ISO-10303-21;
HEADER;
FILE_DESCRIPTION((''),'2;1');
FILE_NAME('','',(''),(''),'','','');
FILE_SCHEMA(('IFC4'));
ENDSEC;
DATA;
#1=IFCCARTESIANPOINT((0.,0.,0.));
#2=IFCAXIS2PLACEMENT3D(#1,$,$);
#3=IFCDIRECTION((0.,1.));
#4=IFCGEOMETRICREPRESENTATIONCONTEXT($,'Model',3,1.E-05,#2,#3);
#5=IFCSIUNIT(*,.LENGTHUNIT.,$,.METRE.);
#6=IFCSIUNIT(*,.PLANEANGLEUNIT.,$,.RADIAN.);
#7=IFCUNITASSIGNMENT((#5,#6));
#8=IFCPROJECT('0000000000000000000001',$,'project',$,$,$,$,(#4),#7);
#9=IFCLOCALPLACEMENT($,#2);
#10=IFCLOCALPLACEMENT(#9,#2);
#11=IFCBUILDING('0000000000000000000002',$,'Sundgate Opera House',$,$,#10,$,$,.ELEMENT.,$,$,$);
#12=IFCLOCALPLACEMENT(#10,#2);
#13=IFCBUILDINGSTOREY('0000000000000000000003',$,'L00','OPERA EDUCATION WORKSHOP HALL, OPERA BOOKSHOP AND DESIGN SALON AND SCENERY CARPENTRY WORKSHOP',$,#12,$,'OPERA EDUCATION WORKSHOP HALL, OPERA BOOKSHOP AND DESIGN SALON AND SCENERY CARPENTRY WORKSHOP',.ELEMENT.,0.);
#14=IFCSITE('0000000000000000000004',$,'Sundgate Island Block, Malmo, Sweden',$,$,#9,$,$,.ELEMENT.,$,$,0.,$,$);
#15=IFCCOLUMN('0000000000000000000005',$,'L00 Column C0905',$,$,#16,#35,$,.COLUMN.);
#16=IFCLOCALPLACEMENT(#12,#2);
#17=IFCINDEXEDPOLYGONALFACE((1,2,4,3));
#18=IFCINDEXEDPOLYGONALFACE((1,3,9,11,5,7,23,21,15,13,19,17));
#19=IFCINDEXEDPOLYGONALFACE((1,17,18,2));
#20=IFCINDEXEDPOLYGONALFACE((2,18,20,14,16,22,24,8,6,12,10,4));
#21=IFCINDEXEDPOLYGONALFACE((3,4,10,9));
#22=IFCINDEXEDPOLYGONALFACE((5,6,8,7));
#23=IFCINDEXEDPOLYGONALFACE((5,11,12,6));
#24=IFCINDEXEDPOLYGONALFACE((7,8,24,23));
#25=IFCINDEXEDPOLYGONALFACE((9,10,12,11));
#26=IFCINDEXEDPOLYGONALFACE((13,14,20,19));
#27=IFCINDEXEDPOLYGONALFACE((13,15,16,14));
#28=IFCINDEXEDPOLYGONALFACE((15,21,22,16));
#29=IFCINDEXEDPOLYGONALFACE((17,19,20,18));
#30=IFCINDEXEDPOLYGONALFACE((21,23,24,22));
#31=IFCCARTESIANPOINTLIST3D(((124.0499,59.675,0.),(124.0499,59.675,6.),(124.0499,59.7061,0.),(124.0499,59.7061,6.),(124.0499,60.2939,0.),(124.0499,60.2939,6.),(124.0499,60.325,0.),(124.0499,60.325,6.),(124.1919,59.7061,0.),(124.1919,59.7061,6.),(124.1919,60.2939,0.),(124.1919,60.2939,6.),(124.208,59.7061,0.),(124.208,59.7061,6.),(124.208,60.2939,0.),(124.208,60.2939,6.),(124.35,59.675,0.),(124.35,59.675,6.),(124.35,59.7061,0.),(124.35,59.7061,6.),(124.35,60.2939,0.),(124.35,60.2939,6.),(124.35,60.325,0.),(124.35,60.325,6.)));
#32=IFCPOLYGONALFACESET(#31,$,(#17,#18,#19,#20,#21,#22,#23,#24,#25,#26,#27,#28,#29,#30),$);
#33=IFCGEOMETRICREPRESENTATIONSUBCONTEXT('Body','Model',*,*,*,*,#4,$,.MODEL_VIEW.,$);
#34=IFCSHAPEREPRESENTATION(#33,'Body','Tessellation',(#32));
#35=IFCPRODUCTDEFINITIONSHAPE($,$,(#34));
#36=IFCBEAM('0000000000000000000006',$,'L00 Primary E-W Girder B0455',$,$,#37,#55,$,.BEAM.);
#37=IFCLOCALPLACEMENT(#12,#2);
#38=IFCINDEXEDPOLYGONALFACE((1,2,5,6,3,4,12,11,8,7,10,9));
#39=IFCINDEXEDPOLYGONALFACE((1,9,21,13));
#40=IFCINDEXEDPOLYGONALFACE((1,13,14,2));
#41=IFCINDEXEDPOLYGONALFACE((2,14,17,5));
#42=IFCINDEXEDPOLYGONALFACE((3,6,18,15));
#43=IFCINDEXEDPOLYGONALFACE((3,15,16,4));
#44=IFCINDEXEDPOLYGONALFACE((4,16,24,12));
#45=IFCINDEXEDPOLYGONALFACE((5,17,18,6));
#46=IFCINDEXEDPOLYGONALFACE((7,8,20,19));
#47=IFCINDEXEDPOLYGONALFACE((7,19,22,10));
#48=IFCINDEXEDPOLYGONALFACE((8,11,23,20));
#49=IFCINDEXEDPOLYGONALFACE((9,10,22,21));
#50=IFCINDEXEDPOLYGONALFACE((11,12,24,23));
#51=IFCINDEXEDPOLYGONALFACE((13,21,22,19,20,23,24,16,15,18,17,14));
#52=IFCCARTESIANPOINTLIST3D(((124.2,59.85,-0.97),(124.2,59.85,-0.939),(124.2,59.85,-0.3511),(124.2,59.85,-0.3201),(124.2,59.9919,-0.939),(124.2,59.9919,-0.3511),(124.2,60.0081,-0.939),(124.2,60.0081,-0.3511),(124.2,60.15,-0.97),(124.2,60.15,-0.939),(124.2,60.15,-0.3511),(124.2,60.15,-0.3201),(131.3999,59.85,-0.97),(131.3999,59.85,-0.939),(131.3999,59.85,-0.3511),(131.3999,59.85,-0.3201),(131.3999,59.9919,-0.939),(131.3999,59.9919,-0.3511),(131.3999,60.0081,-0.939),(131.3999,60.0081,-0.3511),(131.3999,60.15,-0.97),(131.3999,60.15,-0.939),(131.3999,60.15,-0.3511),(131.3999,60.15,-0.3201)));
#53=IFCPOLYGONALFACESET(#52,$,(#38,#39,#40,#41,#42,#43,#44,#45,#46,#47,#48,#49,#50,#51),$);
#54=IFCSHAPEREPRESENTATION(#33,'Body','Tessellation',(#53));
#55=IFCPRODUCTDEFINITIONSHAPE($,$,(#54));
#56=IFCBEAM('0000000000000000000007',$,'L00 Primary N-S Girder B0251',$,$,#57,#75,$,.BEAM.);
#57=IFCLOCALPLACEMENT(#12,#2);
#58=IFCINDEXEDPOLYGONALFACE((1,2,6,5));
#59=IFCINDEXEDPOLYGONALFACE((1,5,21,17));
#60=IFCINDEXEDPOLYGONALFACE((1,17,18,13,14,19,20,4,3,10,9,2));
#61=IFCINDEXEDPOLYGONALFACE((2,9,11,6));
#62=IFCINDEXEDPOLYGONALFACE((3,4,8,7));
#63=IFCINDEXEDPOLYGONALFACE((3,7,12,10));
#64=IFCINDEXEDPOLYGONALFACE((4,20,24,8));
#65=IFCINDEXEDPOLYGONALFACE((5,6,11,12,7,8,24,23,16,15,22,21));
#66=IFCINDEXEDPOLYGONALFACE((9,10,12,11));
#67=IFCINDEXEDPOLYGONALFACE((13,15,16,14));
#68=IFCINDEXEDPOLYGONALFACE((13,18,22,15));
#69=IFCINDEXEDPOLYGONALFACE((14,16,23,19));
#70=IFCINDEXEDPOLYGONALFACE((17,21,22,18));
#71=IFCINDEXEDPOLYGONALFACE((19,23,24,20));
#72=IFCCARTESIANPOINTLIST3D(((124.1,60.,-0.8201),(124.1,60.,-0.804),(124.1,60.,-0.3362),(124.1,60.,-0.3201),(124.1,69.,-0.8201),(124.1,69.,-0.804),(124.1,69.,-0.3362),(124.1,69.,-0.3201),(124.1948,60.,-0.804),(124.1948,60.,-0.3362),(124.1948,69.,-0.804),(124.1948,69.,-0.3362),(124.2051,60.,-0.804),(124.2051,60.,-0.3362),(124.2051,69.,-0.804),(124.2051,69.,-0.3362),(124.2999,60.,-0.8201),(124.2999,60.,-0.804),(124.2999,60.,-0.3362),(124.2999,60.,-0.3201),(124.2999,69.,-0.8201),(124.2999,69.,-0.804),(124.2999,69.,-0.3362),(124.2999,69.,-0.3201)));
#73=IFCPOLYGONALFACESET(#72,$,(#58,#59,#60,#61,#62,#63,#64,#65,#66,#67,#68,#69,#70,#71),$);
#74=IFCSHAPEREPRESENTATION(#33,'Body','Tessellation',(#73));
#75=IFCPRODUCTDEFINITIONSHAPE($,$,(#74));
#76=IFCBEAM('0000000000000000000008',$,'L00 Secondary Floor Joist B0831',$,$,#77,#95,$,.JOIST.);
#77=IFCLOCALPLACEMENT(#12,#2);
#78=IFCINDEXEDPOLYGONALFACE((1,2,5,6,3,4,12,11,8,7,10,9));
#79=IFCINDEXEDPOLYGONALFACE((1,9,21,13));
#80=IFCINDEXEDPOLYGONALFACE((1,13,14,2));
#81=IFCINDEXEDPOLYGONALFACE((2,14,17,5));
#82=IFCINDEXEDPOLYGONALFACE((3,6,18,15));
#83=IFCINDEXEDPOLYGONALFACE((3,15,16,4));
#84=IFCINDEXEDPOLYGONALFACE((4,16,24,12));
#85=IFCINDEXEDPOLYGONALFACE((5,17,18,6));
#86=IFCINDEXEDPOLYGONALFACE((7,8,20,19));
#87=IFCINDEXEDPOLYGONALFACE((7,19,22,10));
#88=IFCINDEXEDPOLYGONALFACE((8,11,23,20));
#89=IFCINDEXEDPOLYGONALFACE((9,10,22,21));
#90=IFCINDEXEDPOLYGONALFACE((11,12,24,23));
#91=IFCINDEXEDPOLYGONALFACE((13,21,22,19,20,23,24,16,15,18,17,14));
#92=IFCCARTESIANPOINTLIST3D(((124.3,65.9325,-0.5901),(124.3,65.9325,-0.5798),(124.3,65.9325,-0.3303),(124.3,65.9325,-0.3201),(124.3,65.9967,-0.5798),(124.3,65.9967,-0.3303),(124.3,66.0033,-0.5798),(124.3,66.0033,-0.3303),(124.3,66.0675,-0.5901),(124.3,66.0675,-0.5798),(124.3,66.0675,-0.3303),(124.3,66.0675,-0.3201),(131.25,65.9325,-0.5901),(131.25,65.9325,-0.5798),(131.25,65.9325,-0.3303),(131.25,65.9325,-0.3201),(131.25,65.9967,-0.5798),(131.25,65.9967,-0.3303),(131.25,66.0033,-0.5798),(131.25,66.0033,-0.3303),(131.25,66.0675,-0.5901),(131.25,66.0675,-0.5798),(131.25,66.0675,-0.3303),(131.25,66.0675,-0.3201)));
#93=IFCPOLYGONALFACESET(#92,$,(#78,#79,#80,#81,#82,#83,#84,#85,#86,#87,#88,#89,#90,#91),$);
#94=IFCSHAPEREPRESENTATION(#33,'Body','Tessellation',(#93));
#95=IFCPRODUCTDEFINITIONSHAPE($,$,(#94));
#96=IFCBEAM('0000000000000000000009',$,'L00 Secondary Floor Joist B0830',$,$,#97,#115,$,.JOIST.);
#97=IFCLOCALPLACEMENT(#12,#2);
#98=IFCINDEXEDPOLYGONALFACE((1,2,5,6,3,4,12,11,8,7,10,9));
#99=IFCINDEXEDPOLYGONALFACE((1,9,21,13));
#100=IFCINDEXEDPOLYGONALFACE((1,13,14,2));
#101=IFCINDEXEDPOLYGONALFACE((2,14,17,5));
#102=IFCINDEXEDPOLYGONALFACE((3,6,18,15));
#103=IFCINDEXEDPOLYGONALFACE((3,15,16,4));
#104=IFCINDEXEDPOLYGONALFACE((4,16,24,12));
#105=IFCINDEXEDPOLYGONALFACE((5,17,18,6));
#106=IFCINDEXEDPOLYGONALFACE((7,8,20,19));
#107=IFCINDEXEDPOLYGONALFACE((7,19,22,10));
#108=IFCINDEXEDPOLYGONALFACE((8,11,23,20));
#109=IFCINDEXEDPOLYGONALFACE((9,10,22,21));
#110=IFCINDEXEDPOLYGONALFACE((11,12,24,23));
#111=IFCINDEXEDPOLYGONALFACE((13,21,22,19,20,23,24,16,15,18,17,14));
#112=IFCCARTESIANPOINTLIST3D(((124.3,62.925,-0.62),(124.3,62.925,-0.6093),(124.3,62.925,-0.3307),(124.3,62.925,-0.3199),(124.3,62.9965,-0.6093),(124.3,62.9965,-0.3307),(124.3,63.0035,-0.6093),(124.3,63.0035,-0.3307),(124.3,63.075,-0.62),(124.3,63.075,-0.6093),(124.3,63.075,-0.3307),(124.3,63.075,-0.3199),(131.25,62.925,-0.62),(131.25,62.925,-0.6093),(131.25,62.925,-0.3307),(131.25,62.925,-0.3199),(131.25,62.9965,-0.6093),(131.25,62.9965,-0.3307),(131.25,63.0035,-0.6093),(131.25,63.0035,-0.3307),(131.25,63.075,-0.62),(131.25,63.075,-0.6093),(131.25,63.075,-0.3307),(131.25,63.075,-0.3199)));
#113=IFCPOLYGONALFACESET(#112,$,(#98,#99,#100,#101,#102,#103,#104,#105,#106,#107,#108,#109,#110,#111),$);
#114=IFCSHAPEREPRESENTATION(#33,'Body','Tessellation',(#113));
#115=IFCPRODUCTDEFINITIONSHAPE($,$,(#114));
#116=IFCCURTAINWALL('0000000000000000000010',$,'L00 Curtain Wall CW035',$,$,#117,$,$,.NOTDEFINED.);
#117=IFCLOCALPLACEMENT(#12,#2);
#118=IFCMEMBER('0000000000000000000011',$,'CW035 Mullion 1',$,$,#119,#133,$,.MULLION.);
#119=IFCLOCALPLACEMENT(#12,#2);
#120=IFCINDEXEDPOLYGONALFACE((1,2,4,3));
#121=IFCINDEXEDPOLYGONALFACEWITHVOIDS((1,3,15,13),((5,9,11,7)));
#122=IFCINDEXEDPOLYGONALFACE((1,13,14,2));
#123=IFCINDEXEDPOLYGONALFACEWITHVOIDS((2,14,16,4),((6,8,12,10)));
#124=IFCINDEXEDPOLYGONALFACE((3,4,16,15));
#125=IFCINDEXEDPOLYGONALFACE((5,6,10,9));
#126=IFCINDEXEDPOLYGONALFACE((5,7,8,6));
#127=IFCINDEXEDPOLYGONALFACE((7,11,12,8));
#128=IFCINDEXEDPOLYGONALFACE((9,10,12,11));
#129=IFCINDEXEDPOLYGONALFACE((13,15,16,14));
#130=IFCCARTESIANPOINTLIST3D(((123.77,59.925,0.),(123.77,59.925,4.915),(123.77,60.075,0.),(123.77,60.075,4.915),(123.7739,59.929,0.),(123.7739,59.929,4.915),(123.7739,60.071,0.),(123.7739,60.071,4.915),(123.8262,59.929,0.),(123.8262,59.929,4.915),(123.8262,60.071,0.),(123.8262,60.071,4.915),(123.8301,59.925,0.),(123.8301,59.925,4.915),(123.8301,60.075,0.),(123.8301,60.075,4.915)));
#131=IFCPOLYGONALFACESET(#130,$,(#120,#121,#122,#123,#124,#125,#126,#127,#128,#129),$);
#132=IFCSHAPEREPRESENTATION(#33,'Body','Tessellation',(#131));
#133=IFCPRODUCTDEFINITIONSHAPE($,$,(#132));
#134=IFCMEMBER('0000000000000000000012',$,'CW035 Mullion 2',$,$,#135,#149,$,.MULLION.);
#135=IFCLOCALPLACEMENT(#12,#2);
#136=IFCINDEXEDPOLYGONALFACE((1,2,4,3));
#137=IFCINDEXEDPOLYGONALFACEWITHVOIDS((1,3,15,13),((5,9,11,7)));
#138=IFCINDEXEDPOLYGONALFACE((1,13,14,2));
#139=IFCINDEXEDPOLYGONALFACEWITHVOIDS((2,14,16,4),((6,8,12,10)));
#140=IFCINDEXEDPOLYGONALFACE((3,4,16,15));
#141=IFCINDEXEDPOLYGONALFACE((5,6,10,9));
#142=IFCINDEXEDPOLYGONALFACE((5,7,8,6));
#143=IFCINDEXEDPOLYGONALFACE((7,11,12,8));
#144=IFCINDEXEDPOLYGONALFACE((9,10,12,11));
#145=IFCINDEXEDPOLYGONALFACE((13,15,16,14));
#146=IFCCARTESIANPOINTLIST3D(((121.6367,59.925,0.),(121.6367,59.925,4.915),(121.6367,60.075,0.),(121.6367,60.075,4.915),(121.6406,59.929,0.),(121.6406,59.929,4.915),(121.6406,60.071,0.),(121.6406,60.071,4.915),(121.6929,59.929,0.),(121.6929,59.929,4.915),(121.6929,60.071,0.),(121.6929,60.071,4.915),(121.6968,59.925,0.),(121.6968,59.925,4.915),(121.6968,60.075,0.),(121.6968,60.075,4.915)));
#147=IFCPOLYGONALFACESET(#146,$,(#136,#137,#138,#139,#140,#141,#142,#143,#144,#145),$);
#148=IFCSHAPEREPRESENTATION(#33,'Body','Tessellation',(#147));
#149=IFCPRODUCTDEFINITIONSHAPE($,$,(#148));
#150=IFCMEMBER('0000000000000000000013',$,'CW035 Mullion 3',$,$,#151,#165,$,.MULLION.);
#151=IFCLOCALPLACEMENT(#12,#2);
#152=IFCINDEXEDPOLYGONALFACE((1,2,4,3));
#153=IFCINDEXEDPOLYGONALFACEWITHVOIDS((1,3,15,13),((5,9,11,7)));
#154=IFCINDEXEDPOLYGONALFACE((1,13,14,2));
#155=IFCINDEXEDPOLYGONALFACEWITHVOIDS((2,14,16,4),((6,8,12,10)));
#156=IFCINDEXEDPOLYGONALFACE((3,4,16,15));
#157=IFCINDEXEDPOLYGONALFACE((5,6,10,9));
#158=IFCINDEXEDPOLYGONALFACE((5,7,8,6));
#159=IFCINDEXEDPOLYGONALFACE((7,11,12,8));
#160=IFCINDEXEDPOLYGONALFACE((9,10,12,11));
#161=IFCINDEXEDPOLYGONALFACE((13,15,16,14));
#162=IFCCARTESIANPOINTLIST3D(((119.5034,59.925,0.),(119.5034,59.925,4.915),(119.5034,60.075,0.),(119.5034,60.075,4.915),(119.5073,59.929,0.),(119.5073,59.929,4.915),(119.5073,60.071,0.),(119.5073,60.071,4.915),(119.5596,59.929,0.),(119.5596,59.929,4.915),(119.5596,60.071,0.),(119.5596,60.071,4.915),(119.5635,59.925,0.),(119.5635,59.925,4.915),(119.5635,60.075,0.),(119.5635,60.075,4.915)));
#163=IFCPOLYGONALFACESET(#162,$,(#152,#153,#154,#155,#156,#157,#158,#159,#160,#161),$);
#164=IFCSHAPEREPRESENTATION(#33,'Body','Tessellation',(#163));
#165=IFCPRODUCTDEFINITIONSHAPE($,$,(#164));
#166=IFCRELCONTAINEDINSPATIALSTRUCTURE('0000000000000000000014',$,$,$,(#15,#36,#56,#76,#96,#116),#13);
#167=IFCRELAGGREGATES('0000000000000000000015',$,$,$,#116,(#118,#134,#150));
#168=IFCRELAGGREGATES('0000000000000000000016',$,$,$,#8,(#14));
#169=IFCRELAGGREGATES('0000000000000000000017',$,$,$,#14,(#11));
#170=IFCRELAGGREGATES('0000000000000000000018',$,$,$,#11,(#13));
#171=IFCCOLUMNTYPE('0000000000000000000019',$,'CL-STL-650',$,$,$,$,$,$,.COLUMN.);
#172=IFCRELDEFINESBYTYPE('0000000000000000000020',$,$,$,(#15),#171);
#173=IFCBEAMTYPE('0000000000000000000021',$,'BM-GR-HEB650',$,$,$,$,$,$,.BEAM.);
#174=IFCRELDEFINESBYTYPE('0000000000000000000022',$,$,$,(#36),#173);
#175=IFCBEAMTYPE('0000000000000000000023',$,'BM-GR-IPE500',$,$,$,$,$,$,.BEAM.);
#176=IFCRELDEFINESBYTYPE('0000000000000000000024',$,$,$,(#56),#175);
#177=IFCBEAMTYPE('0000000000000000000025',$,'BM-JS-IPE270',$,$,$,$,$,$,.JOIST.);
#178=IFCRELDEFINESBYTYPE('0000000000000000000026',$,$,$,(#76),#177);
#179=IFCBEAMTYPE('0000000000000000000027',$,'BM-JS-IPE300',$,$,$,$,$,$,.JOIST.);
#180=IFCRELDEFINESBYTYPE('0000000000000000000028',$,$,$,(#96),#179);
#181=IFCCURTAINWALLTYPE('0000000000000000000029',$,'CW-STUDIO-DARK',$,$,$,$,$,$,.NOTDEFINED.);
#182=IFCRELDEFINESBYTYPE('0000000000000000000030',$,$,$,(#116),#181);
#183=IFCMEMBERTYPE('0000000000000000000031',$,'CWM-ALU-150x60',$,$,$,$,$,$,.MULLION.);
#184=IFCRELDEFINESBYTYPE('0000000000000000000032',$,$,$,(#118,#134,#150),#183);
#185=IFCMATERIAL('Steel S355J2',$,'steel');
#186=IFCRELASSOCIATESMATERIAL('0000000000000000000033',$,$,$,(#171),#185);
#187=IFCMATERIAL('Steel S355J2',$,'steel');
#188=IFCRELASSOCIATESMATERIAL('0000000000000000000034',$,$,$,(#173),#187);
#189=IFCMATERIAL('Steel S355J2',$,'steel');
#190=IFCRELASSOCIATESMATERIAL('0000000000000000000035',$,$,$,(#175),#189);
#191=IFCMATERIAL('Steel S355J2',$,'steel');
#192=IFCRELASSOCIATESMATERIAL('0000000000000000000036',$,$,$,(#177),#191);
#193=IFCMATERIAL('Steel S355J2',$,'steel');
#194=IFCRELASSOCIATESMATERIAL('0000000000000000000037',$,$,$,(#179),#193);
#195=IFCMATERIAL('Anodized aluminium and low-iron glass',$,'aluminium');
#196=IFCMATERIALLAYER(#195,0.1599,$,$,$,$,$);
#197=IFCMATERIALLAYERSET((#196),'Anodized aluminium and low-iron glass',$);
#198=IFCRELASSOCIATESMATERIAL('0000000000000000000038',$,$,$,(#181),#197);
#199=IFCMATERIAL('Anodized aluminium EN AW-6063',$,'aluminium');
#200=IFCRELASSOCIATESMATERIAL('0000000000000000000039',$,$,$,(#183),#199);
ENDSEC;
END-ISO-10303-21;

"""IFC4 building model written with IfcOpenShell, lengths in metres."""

from ifc_helpers import new_model, si_unit, direction, frame, origin, origin_2d, place, context, subcontext, project, spatial, hollow_rectangle, i_section, extrude, material, layer, layer_set, material_profile, profile_set, type_object, element, aggregate, save


model = new_model("IFC4")

# Units and contexts
model_context = context("Model", 3, precision=1e-05, world=origin(), true_north=direction((0.0, 1.0)))
body_context = subcontext(model_context, "Body", "Model", "MODEL_VIEW")
ifc_project = project(units=[si_unit("LENGTHUNIT", "METRE"), si_unit("PLANEANGLEUNIT", "RADIAN")], contexts=[model_context])

# Site, building, storey
site_placement = place(None, origin())
site = spatial("IfcSite", under=ifc_project, at=site_placement, Name="Sundgate Island Block, Malmo, Sweden", CompositionType="ELEMENT", RefElevation=0.0)
building_placement = place(site_placement, origin())
building = spatial("IfcBuilding", under=site, at=building_placement, Name="Sundgate Opera House", CompositionType="ELEMENT")
storey_placement = place(building_placement, origin())
storey = spatial("IfcBuildingStorey", under=building, at=storey_placement, Name="L00", Description="OPERA EDUCATION WORKSHOP HALL, OPERA BOOKSHOP AND DESIGN SALON AND SCENERY CARPENTRY WORKSHOP", LongName="OPERA EDUCATION WORKSHOP HALL, OPERA BOOKSHOP AND DESIGN SALON AND SCENERY CARPENTRY WORKSHOP", CompositionType="ELEMENT", Elevation=0.0)

# Column
ifc_material_1 = material(Name="Steel S355J2", Category="steel")
ifc_material_profile_1 = material_profile(ifc_material_1, i_section(OverallWidth=0.3, OverallDepth=0.6499, WebThickness=0.0161, FlangeThickness=0.031, at=origin_2d()), Name="HEB 650")
ifc_profile_set_1 = profile_set([ifc_material_profile_1], Name="Steel S355J2")
column_type = type_object("IfcColumnType", Name="CL-STL-650", PredefinedType="COLUMN", material=ifc_profile_set_1)
column_placement = place(storey_placement, frame((124.2, 60.0, 0.0), z_axis=(0.0, 0.0, 1.0), x_axis=(1.0, 0.0, 0.0)))
element("IfcColumn", 1, at=column_placement, inside=storey, type_object=column_type, Name="L00 Column C0905", PredefinedType="COLUMN", context=body_context, shape_type="SweptSolid", body=[
    extrude(i_section(OverallWidth=0.3, OverallDepth=0.6499, WebThickness=0.0161, FlangeThickness=0.031, at=origin_2d()), origin(), (0.0, 0.0, 1.0), 6.0),
])

# Beams
ifc_material_2 = material(Name="Steel S355J2", Category="steel")
ifc_material_profile_2 = material_profile(ifc_material_2, i_section(OverallWidth=0.3, OverallDepth=0.6499, WebThickness=0.0161, FlangeThickness=0.031, at=origin_2d()), Name="HEB 650")
ifc_profile_set_2 = profile_set([ifc_material_profile_2], Name="Steel S355J2")
beam_type_1 = type_object("IfcBeamType", Name="BM-GR-HEB650", PredefinedType="BEAM", material=ifc_profile_set_2)
beam_1_placement = place(storey_placement, frame((124.2, 60.0, -0.645), z_axis=(1.0, 0.0, 0.0), x_axis=(0.0, 1.0, 0.0)))
element("IfcBeam", 2, at=beam_1_placement, inside=storey, type_object=beam_type_1, Name="L00 Primary E-W Girder B0455", PredefinedType="BEAM", context=body_context, shape_type="SweptSolid", body=[
    extrude(i_section(OverallWidth=0.3, OverallDepth=0.6499, WebThickness=0.0161, FlangeThickness=0.031, at=origin_2d()), origin(), (0.0, 0.0, 1.0), 7.2),
])
ifc_material_3 = material(Name="Steel S355J2", Category="steel")
ifc_material_profile_3 = material_profile(ifc_material_3, i_section(OverallWidth=0.2, OverallDepth=0.5, WebThickness=0.0103, FlangeThickness=0.0161, at=origin_2d()), Name="IPE 500")
ifc_profile_set_3 = profile_set([ifc_material_profile_3], Name="Steel S355J2")
beam_type_2 = type_object("IfcBeamType", Name="BM-GR-IPE500", PredefinedType="BEAM", material=ifc_profile_set_3)
beam_2_placement = place(storey_placement, frame((124.2, 60.0, -0.5701), z_axis=(0.0, 1.0, 0.0), x_axis=(-1.0, 0.0, 0.0)))
element("IfcBeam", 3, at=beam_2_placement, inside=storey, type_object=beam_type_2, Name="L00 Primary N-S Girder B0251", PredefinedType="BEAM", context=body_context, shape_type="SweptSolid", body=[
    extrude(i_section(OverallWidth=0.2, OverallDepth=0.5, WebThickness=0.0103, FlangeThickness=0.0161, at=origin_2d()), origin(), (0.0, 0.0, 1.0), 9.0),
])
ifc_material_4 = material(Name="Steel S355J2", Category="steel")
ifc_material_profile_4 = material_profile(ifc_material_4, i_section(OverallWidth=0.135, OverallDepth=0.27, WebThickness=0.0066, FlangeThickness=0.0103, at=origin_2d()), Name="IPE 270")
ifc_profile_set_4 = profile_set([ifc_material_profile_4], Name="Steel S355J2")
beam_type_3 = type_object("IfcBeamType", Name="BM-JS-IPE270", PredefinedType="JOIST", material=ifc_profile_set_4)
beam_3_placement = place(storey_placement, frame((124.3, 66.0, -0.4551), z_axis=(1.0, 0.0, 0.0), x_axis=(0.0, 1.0, 0.0)))
element("IfcBeam", 4, at=beam_3_placement, inside=storey, type_object=beam_type_3, Name="L00 Secondary Floor Joist B0831", PredefinedType="JOIST", context=body_context, shape_type="SweptSolid", body=[
    extrude(i_section(OverallWidth=0.135, OverallDepth=0.27, WebThickness=0.0066, FlangeThickness=0.0103, at=origin_2d()), origin(), (0.0, 0.0, 1.0), 6.95),
])
ifc_material_5 = material(Name="Steel S355J2", Category="steel")
ifc_material_profile_5 = material_profile(ifc_material_5, i_section(OverallWidth=0.1499, OverallDepth=0.3, WebThickness=0.0071, FlangeThickness=0.0107, at=origin_2d()), Name="IPE 300")
ifc_profile_set_5 = profile_set([ifc_material_profile_5], Name="Steel S355J2")
beam_type_4 = type_object("IfcBeamType", Name="BM-JS-IPE300", PredefinedType="JOIST", material=ifc_profile_set_5)
beam_4_placement = place(storey_placement, frame((124.3, 63.0, -0.47), z_axis=(1.0, 0.0, 0.0), x_axis=(0.0, 1.0, 0.0)))
element("IfcBeam", 5, at=beam_4_placement, inside=storey, type_object=beam_type_4, Name="L00 Secondary Floor Joist B0830", PredefinedType="JOIST", context=body_context, shape_type="SweptSolid", body=[
    extrude(i_section(OverallWidth=0.1499, OverallDepth=0.3, WebThickness=0.0071, FlangeThickness=0.0107, at=origin_2d()), origin(), (0.0, 0.0, 1.0), 6.95),
])

# Curtain wall, members
ifc_material_6 = material(Name="Anodized aluminium and low-iron glass", Category="aluminium")
ifc_layer_1 = layer(ifc_material_6, 0.1599)
ifc_layer_set_1 = layer_set([ifc_layer_1], Name="Anodized aluminium and low-iron glass")
curtain_wall_type = type_object("IfcCurtainWallType", Name="CW-STUDIO-DARK", PredefinedType="NOTDEFINED", material=ifc_layer_set_1)
curtain_wall_placement = place(storey_placement, origin())
curtain_wall = element("IfcCurtainWall", 6, at=curtain_wall_placement, inside=storey, type_object=curtain_wall_type, Name="L00 Curtain Wall CW035", PredefinedType="NOTDEFINED")
ifc_material_7 = material(Name="Anodized aluminium EN AW-6063", Category="aluminium")
ifc_material_profile_6 = material_profile(ifc_material_7, hollow_rectangle(XDim=0.0601, YDim=0.1499, WallThickness=0.0039, at=origin_2d()), Name="CWM 150x60x4")
ifc_profile_set_6 = profile_set([ifc_material_profile_6], Name="Anodized aluminium EN AW-6063")
member_type_1 = type_object("IfcMemberType", Name="CWM-ALU-150x60", PredefinedType="MULLION", material=ifc_profile_set_6)
member_1_placement = place(storey_placement, frame((123.8, 60.0, 0.0), z_axis=(0.0, 0.0, 1.0), x_axis=(1.0, 0.0, 0.0)))
member_1 = element("IfcMember", 7, at=member_1_placement, type_object=member_type_1, Name="CW035 Mullion 1", PredefinedType="MULLION", context=body_context, shape_type="SweptSolid", body=[
    extrude(hollow_rectangle(XDim=0.0601, YDim=0.1499, WallThickness=0.0039, at=origin_2d()), origin(), (0.0, 0.0, 1.0), 4.915),
])
member_2_placement = place(storey_placement, frame((121.6667, 60.0, 0.0), z_axis=(0.0, 0.0, 1.0), x_axis=(1.0, 0.0, 0.0)))
member_2 = element("IfcMember", 8, at=member_2_placement, type_object=member_type_1, Name="CW035 Mullion 2", PredefinedType="MULLION", context=body_context, shape_type="SweptSolid", body=[
    extrude(hollow_rectangle(XDim=0.0601, YDim=0.1499, WallThickness=0.0039, at=origin_2d()), origin(), (0.0, 0.0, 1.0), 4.915),
])
member_3_placement = place(storey_placement, frame((119.5334, 60.0, 0.0), z_axis=(0.0, 0.0, 1.0), x_axis=(1.0, 0.0, 0.0)))
member_3 = element("IfcMember", 9, at=member_3_placement, type_object=member_type_1, Name="CW035 Mullion 3", PredefinedType="MULLION", context=body_context, shape_type="SweptSolid", body=[
    extrude(hollow_rectangle(XDim=0.0601, YDim=0.1499, WallThickness=0.0039, at=origin_2d()), origin(), (0.0, 0.0, 1.0), 4.915),
])
aggregate(curtain_wall, [member_1, member_2, member_3])

save(model, "model.ifc")
